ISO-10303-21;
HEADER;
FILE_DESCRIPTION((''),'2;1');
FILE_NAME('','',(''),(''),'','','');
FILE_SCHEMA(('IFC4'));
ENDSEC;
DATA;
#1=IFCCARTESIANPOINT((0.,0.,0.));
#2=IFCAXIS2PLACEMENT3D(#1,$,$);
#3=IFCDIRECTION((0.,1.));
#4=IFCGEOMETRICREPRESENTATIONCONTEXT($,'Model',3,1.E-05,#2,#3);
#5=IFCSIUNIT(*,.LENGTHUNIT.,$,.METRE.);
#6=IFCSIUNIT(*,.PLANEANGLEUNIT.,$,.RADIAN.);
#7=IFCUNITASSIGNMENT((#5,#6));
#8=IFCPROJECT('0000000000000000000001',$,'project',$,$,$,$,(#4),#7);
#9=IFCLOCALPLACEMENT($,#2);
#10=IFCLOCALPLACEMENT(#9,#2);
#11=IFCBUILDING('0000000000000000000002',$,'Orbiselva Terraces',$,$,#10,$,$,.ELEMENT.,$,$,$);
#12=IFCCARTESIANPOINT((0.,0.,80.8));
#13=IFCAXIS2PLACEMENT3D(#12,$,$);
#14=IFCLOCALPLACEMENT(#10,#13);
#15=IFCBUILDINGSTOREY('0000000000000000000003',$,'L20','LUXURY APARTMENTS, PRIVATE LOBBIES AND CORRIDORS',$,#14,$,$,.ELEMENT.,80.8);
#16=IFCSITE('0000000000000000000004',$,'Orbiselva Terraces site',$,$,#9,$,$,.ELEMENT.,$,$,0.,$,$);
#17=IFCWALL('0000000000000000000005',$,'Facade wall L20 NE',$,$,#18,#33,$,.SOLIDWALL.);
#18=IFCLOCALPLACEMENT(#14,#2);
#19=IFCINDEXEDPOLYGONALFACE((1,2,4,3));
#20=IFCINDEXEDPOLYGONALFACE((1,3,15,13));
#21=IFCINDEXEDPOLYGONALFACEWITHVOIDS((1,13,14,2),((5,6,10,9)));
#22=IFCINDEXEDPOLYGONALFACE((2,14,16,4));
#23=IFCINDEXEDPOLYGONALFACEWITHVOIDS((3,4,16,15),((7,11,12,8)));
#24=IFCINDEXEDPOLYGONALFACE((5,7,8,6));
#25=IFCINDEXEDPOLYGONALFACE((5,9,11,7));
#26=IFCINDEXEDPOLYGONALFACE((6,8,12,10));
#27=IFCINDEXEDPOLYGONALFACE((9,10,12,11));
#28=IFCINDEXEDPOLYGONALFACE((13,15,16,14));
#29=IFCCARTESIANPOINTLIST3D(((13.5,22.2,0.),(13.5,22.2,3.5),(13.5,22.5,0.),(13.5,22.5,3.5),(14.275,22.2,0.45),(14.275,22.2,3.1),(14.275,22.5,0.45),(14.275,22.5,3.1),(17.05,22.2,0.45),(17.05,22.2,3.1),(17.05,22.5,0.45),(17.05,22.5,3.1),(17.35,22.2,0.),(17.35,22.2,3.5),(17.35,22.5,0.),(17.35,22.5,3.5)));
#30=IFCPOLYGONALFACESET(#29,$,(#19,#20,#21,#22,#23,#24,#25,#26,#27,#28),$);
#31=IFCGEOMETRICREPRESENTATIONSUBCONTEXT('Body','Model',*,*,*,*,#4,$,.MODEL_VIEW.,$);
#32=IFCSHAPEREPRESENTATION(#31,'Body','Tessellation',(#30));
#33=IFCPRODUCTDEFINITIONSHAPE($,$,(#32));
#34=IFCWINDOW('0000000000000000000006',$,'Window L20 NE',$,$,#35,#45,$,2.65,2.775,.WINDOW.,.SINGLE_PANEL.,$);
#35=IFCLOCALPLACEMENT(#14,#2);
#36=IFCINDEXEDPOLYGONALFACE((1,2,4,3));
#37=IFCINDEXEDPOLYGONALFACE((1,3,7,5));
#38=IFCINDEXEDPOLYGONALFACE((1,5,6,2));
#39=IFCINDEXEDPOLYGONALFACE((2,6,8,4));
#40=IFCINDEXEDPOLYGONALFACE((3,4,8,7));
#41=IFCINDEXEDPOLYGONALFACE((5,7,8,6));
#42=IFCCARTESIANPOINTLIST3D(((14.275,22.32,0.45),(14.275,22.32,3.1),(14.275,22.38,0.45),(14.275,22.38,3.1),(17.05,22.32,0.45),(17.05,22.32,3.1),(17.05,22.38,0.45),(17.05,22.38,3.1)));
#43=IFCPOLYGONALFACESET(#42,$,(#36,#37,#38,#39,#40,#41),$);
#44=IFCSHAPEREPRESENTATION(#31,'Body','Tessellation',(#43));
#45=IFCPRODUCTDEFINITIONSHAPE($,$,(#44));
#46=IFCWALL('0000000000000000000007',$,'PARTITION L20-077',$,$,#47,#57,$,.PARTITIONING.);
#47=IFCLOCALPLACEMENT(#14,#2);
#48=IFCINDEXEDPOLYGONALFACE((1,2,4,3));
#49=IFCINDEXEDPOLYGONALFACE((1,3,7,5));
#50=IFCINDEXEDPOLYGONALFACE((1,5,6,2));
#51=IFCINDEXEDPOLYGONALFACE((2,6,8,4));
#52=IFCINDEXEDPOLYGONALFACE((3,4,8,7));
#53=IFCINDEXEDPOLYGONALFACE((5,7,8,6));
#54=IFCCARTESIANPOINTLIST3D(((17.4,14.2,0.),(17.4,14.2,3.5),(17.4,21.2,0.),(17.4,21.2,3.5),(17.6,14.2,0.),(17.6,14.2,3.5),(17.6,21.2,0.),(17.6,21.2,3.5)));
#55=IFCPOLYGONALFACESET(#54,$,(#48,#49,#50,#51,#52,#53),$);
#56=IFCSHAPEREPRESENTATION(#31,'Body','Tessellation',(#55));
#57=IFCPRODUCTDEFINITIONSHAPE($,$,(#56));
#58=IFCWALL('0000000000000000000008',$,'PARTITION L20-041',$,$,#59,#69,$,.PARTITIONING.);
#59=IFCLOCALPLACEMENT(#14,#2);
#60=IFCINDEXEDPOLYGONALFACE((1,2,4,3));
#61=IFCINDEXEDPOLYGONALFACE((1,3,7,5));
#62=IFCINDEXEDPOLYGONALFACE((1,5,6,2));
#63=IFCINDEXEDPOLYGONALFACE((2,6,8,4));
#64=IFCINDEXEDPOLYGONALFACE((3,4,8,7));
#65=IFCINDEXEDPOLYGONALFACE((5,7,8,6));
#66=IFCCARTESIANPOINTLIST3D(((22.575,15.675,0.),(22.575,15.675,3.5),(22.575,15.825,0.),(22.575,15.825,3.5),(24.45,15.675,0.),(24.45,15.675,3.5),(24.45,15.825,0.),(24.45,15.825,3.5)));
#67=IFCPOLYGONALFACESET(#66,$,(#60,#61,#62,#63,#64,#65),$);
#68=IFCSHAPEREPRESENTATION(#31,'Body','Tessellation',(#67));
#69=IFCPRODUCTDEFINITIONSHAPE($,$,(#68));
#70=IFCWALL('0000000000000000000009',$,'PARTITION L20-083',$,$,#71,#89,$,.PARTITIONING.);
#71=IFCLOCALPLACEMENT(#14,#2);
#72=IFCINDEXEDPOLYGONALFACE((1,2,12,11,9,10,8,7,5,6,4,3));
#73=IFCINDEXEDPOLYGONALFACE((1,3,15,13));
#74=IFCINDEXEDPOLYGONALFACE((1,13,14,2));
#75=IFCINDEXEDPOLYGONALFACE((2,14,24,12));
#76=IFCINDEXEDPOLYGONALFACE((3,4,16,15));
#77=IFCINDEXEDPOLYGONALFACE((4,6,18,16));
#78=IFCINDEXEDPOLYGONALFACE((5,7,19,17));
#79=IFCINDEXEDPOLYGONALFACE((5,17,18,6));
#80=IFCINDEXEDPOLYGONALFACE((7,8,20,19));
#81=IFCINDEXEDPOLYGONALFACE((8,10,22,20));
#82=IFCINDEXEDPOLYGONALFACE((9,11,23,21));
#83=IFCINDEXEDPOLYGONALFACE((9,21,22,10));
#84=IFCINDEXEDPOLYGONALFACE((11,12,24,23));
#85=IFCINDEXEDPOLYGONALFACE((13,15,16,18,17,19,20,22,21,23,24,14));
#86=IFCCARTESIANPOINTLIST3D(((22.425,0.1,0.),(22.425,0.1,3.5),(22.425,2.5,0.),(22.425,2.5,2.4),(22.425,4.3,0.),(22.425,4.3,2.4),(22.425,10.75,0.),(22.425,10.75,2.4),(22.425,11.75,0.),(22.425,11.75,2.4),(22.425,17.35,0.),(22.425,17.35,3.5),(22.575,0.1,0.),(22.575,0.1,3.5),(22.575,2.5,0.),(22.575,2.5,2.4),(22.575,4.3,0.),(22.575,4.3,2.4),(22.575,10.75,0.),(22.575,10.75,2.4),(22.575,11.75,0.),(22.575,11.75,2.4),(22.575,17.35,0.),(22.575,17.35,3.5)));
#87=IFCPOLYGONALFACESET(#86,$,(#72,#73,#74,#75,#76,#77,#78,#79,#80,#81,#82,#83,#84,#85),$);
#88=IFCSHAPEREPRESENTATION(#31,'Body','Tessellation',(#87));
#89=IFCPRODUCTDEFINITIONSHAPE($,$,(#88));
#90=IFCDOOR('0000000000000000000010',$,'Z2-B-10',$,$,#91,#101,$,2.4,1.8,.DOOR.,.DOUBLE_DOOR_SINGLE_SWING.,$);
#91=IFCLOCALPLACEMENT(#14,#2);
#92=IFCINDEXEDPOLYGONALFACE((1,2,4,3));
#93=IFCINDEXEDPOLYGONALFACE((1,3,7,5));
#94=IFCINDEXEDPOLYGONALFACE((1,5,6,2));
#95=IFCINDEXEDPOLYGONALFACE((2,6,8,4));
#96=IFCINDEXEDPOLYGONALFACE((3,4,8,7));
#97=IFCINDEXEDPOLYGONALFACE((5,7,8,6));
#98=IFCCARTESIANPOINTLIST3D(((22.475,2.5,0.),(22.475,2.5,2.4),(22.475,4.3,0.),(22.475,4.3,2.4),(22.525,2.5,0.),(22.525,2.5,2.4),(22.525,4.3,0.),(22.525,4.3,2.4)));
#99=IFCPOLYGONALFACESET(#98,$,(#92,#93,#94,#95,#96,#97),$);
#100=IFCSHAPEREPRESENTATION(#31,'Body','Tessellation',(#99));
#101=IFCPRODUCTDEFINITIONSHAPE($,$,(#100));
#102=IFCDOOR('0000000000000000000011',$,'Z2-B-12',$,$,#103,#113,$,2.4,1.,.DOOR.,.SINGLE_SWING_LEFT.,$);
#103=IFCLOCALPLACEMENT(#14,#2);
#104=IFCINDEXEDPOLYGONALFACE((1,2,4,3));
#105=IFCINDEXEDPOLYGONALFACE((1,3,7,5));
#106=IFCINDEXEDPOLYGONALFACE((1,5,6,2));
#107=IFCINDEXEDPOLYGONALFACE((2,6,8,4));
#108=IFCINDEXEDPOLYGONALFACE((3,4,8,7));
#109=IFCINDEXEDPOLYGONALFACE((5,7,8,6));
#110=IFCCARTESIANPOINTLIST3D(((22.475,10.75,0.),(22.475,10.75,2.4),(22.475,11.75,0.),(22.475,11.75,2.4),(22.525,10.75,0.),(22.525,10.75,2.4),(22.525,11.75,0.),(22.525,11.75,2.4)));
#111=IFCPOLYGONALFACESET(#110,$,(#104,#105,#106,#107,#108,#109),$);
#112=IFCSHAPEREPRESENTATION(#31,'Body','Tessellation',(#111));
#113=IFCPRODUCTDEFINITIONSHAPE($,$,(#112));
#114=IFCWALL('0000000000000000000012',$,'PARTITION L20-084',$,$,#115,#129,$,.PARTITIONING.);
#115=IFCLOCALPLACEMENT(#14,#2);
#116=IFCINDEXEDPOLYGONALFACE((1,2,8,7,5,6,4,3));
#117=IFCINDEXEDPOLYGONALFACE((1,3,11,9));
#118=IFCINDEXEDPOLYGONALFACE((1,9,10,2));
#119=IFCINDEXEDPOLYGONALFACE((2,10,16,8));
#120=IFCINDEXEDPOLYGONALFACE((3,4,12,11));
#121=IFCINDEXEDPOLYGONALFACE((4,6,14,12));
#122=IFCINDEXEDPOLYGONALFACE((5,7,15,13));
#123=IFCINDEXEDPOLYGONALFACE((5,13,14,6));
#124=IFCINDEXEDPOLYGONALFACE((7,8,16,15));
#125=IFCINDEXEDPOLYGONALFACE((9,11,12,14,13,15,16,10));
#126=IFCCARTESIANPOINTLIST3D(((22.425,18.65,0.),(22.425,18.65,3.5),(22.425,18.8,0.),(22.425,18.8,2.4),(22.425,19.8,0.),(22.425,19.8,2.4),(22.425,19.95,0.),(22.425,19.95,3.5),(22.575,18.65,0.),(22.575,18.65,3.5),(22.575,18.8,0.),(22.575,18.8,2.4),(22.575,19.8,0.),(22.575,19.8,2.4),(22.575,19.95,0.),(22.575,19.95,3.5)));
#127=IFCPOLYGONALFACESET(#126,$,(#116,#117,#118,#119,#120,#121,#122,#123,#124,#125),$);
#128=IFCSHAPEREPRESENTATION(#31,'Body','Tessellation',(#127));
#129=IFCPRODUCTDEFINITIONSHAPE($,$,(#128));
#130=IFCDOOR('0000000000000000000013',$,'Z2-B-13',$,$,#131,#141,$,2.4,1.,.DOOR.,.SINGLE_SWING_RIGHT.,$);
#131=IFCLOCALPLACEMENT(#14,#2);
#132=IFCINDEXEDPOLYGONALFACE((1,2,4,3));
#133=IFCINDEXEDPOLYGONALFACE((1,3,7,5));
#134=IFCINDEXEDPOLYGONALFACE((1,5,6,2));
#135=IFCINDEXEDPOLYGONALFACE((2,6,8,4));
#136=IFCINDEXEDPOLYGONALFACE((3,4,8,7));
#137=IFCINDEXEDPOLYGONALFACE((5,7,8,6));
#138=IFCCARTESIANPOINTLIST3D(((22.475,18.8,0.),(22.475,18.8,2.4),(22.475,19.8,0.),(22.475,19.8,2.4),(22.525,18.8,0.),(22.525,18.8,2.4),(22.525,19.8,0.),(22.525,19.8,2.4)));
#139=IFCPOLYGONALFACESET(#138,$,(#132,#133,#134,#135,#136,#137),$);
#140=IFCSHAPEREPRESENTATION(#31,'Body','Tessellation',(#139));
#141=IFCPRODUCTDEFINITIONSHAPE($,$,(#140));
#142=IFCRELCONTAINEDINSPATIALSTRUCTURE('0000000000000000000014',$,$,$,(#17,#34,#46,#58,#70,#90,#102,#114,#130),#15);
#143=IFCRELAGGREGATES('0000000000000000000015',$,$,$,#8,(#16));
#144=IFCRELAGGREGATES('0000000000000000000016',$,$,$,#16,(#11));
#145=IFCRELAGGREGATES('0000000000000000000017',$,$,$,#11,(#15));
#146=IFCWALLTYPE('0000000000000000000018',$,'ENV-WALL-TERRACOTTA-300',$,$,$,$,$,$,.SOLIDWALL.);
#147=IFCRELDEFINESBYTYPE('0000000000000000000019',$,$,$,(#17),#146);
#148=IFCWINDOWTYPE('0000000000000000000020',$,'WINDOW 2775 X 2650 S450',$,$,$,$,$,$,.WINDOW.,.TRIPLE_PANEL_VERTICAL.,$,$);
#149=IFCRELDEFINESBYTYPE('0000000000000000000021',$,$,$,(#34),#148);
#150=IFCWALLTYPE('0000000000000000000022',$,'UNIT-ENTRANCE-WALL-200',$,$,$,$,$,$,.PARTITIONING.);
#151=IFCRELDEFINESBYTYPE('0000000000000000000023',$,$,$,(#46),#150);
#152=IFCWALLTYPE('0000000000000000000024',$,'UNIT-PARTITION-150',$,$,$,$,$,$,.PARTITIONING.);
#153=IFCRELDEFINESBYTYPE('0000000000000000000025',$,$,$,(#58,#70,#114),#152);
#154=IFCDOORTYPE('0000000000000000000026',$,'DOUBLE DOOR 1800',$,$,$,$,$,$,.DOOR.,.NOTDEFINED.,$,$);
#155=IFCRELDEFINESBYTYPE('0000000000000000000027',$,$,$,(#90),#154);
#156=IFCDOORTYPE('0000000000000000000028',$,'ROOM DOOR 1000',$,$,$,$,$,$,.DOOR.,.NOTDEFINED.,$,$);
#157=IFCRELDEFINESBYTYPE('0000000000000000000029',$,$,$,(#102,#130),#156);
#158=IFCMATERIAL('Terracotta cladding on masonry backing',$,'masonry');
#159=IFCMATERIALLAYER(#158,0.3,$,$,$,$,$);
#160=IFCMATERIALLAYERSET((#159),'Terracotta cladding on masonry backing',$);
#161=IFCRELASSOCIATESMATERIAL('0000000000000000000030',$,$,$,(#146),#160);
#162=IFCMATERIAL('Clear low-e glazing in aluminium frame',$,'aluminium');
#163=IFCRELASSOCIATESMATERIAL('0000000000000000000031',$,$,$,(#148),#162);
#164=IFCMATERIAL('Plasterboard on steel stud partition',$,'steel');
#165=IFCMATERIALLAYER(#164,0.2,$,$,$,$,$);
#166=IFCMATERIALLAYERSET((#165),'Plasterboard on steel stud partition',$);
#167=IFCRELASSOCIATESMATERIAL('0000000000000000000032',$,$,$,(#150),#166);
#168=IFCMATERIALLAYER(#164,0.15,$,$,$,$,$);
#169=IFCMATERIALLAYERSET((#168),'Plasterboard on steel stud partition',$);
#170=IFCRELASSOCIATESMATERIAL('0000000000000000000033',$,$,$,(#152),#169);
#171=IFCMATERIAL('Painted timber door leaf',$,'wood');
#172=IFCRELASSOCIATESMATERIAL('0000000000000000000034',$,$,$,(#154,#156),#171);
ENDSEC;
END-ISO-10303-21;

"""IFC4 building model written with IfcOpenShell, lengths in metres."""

from ifc_helpers import new_model, si_unit, direction, frame, frame_2d, origin, place, context, subcontext, project, spatial, rectangle, extrude, material, layer, layer_set, type_object, element, fill, save


model = new_model("IFC4")

# Units and contexts
model_context = context("Model", 3, precision=1e-05, world=origin(), true_north=direction((0.0, 1.0)))
body_context = subcontext(model_context, "Body", "Model", "MODEL_VIEW")
ifc_project = project(units=[si_unit("LENGTHUNIT", "METRE"), si_unit("PLANEANGLEUNIT", "RADIAN")], contexts=[model_context])

# Site, building, storey
site_placement = place(None, origin())
site = spatial("IfcSite", under=ifc_project, at=site_placement, Name="Orbiselva Terraces site", CompositionType="ELEMENT", RefElevation=0.0)
building_placement = place(site_placement, origin())
building = spatial("IfcBuilding", under=site, at=building_placement, Name="Orbiselva Terraces", CompositionType="ELEMENT")
storey_placement = place(building_placement, frame((0.0, 0.0, 80.8)))
storey = spatial("IfcBuildingStorey", under=building, at=storey_placement, Name="L20", Description="LUXURY APARTMENTS, PRIVATE LOBBIES AND CORRIDORS", CompositionType="ELEMENT", Elevation=80.8)

# Shared definitions
ifc_material_1 = material(Name="Terracotta cladding on masonry backing", Category="masonry")
ifc_layer_1 = layer(ifc_material_1, 0.3)
ifc_layer_set_1 = layer_set([ifc_layer_1], Name="Terracotta cladding on masonry backing")
wall_type_1 = type_object("IfcWallType", Name="ENV-WALL-TERRACOTTA-300", PredefinedType="SOLIDWALL", material=ifc_layer_set_1)
ifc_material_2 = material(Name="Clear low-e glazing in aluminium frame", Category="aluminium")

# Wall, opening, window
wall_1_placement = place(storey_placement, frame((13.5, 22.35, 0.0), z_axis=(0.0, 0.0, 1.0), x_axis=(1.0, 0.0, 0.0)))
wall_1 = element("IfcWall", 1, at=wall_1_placement, inside=storey, type_object=wall_type_1, Name="Facade wall L20 NE", PredefinedType="SOLIDWALL", context=body_context, shape_type="SweptSolid", body=[
    extrude(rectangle(XDim=3.85, YDim=0.3, at=frame_2d((1.925, 0.0))), origin(), (0.0, 0.0, 1.0), 3.5),
])
opening_1_placement = place(wall_1_placement, frame((0.775, 0.0, 0.45)))
opening_1 = element("IfcOpeningElement", 2, at=opening_1_placement, cuts=wall_1, PredefinedType="OPENING", context=body_context, shape_type="SweptSolid", body=[
    extrude(rectangle(XDim=2.775, YDim=2.65, at=frame_2d((1.3875, 1.325))), frame((0.0, 0.16, 0.0), z_axis=(0.0, -1.0, 0.0), x_axis=(1.0, 0.0, 0.0)), (0.0, 0.0, 1.0), 0.32),
])
window_type = type_object("IfcWindowType", Name="WINDOW 2775 X 2650 S450", PartitioningType="TRIPLE_PANEL_VERTICAL", PredefinedType="WINDOW", material=ifc_material_2)
window_placement = place(opening_1_placement, origin())
window = element("IfcWindow", 3, at=window_placement, inside=storey, type_object=window_type, Name="Window L20 NE", OverallHeight=2.65, OverallWidth=2.775, PartitioningType="SINGLE_PANEL", PredefinedType="WINDOW", context=body_context, shape_type="SweptSolid", body=[
    extrude(rectangle(XDim=2.775, YDim=2.65, at=frame_2d((1.3875, 1.325))), frame((0.0, 0.03, 0.0), z_axis=(0.0, -1.0, 0.0), x_axis=(1.0, 0.0, 0.0)), (0.0, 0.0, 1.0), 0.06),
])
fill(opening_1, window)

# Walls
ifc_material_3 = material(Name="Plasterboard on steel stud partition", Category="steel")
ifc_layer_2 = layer(ifc_material_3, 0.2)
ifc_layer_set_2 = layer_set([ifc_layer_2], Name="Plasterboard on steel stud partition")
wall_type_2 = type_object("IfcWallType", Name="UNIT-ENTRANCE-WALL-200", PredefinedType="PARTITIONING", material=ifc_layer_set_2)
wall_2_placement = place(storey_placement, frame((17.5, 14.2, 0.0), z_axis=(0.0, 0.0, 1.0), x_axis=(0.0, 1.0, 0.0)))
element("IfcWall", 4, at=wall_2_placement, inside=storey, type_object=wall_type_2, Name="PARTITION L20-077", PredefinedType="PARTITIONING", context=body_context, shape_type="SweptSolid", body=[
    extrude(rectangle(XDim=7.0, YDim=0.2, at=frame_2d((3.5, 0.0))), origin(), (0.0, 0.0, 1.0), 3.5),
])
ifc_layer_3 = layer(ifc_material_3, 0.15)
ifc_layer_set_3 = layer_set([ifc_layer_3], Name="Plasterboard on steel stud partition")
wall_type_3 = type_object("IfcWallType", Name="UNIT-PARTITION-150", PredefinedType="PARTITIONING", material=ifc_layer_set_3)
wall_3_placement = place(storey_placement, frame((22.575, 15.75, 0.0), z_axis=(0.0, 0.0, 1.0), x_axis=(1.0, 0.0, 0.0)))
element("IfcWall", 5, at=wall_3_placement, inside=storey, type_object=wall_type_3, Name="PARTITION L20-041", PredefinedType="PARTITIONING", context=body_context, shape_type="SweptSolid", body=[
    extrude(rectangle(XDim=1.875, YDim=0.15, at=frame_2d((0.9375, 0.0))), origin(), (0.0, 0.0, 1.0), 3.5),
])

# Wall, openings, doors
wall_4_placement = place(storey_placement, frame((22.5, 17.35, 0.0), z_axis=(0.0, 0.0, 1.0), x_axis=(0.0, -1.0, 0.0)))
wall_4 = element("IfcWall", 6, at=wall_4_placement, inside=storey, type_object=wall_type_3, Name="PARTITION L20-083", PredefinedType="PARTITIONING", context=body_context, shape_type="SweptSolid", body=[
    extrude(rectangle(XDim=17.25, YDim=0.15, at=frame_2d((8.625, 0.0))), origin(), (0.0, 0.0, 1.0), 3.5),
])
opening_2_placement = place(wall_4_placement, frame((13.05, 0.0, 0.0)))
opening_2 = element("IfcOpeningElement", 7, at=opening_2_placement, cuts=wall_4, PredefinedType="OPENING", context=body_context, shape_type="SweptSolid", body=[
    extrude(rectangle(XDim=1.8, YDim=2.4, at=frame_2d((0.9, 1.2))), frame((0.0, 0.085, 0.0), z_axis=(0.0, -1.0, 0.0), x_axis=(1.0, 0.0, 0.0)), (0.0, 0.0, 1.0), 0.17),
])
opening_3_placement = place(wall_4_placement, frame((5.6, 0.0, 0.0)))
opening_3 = element("IfcOpeningElement", 8, at=opening_3_placement, cuts=wall_4, PredefinedType="OPENING", context=body_context, shape_type="SweptSolid", body=[
    extrude(rectangle(XDim=1.0, YDim=2.4, at=frame_2d((0.5, 1.2))), frame((0.0, 0.085, 0.0), z_axis=(0.0, -1.0, 0.0), x_axis=(1.0, 0.0, 0.0)), (0.0, 0.0, 1.0), 0.17),
])
ifc_material_4 = material(Name="Painted timber door leaf", Category="wood")
door_type_1 = type_object("IfcDoorType", Name="DOUBLE DOOR 1800", OperationType="NOTDEFINED", PredefinedType="DOOR", material=ifc_material_4)
door_1_placement = place(opening_2_placement, origin())
door_1 = element("IfcDoor", 9, at=door_1_placement, inside=storey, type_object=door_type_1, Name="Z2-B-10", OperationType="DOUBLE_DOOR_SINGLE_SWING", OverallHeight=2.4, OverallWidth=1.8, PredefinedType="DOOR", context=body_context, shape_type="SweptSolid", body=[
    extrude(rectangle(XDim=1.8, YDim=2.4, at=frame_2d((0.9, 1.2))), frame((0.0, 0.025, 0.0), z_axis=(0.0, -1.0, 0.0), x_axis=(1.0, 0.0, 0.0)), (0.0, 0.0, 1.0), 0.05),
])
fill(opening_2, door_1)
door_type_2 = type_object("IfcDoorType", Name="ROOM DOOR 1000", OperationType="NOTDEFINED", PredefinedType="DOOR", material=ifc_material_4)
door_2_placement = place(opening_3_placement, origin())
door_2 = element("IfcDoor", 10, at=door_2_placement, inside=storey, type_object=door_type_2, Name="Z2-B-12", OperationType="SINGLE_SWING_LEFT", OverallHeight=2.4, OverallWidth=1.0, PredefinedType="DOOR", context=body_context, shape_type="SweptSolid", body=[
    extrude(rectangle(XDim=1.0, YDim=2.4, at=frame_2d((0.5, 1.2))), frame((0.0, 0.025, 0.0), z_axis=(0.0, -1.0, 0.0), x_axis=(1.0, 0.0, 0.0)), (0.0, 0.0, 1.0), 0.05),
])
fill(opening_3, door_2)

# Wall, opening, door
wall_5_placement = place(storey_placement, frame((22.5, 19.95, 0.0), z_axis=(0.0, 0.0, 1.0), x_axis=(0.0, -1.0, 0.0)))
wall_5 = element("IfcWall", 11, at=wall_5_placement, inside=storey, type_object=wall_type_3, Name="PARTITION L20-084", PredefinedType="PARTITIONING", context=body_context, shape_type="SweptSolid", body=[
    extrude(rectangle(XDim=1.3, YDim=0.15, at=frame_2d((0.65, 0.0))), origin(), (0.0, 0.0, 1.0), 3.5),
])
opening_4_placement = place(wall_5_placement, frame((0.15, 0.0, 0.0)))
opening_4 = element("IfcOpeningElement", 12, at=opening_4_placement, cuts=wall_5, PredefinedType="OPENING", context=body_context, shape_type="SweptSolid", body=[
    extrude(rectangle(XDim=1.0, YDim=2.4, at=frame_2d((0.5, 1.2))), frame((0.0, 0.085, 0.0), z_axis=(0.0, -1.0, 0.0), x_axis=(1.0, 0.0, 0.0)), (0.0, 0.0, 1.0), 0.17),
])
door_3_placement = place(opening_4_placement, origin())
door_3 = element("IfcDoor", 13, at=door_3_placement, inside=storey, type_object=door_type_2, Name="Z2-B-13", OperationType="SINGLE_SWING_RIGHT", OverallHeight=2.4, OverallWidth=1.0, PredefinedType="DOOR", context=body_context, shape_type="SweptSolid", body=[
    extrude(rectangle(XDim=1.0, YDim=2.4, at=frame_2d((0.5, 1.2))), frame((0.0, 0.025, 0.0), z_axis=(0.0, -1.0, 0.0), x_axis=(1.0, 0.0, 0.0)), (0.0, 0.0, 1.0), 0.05),
])
fill(opening_4, door_3)

save(model, "model.ifc")
